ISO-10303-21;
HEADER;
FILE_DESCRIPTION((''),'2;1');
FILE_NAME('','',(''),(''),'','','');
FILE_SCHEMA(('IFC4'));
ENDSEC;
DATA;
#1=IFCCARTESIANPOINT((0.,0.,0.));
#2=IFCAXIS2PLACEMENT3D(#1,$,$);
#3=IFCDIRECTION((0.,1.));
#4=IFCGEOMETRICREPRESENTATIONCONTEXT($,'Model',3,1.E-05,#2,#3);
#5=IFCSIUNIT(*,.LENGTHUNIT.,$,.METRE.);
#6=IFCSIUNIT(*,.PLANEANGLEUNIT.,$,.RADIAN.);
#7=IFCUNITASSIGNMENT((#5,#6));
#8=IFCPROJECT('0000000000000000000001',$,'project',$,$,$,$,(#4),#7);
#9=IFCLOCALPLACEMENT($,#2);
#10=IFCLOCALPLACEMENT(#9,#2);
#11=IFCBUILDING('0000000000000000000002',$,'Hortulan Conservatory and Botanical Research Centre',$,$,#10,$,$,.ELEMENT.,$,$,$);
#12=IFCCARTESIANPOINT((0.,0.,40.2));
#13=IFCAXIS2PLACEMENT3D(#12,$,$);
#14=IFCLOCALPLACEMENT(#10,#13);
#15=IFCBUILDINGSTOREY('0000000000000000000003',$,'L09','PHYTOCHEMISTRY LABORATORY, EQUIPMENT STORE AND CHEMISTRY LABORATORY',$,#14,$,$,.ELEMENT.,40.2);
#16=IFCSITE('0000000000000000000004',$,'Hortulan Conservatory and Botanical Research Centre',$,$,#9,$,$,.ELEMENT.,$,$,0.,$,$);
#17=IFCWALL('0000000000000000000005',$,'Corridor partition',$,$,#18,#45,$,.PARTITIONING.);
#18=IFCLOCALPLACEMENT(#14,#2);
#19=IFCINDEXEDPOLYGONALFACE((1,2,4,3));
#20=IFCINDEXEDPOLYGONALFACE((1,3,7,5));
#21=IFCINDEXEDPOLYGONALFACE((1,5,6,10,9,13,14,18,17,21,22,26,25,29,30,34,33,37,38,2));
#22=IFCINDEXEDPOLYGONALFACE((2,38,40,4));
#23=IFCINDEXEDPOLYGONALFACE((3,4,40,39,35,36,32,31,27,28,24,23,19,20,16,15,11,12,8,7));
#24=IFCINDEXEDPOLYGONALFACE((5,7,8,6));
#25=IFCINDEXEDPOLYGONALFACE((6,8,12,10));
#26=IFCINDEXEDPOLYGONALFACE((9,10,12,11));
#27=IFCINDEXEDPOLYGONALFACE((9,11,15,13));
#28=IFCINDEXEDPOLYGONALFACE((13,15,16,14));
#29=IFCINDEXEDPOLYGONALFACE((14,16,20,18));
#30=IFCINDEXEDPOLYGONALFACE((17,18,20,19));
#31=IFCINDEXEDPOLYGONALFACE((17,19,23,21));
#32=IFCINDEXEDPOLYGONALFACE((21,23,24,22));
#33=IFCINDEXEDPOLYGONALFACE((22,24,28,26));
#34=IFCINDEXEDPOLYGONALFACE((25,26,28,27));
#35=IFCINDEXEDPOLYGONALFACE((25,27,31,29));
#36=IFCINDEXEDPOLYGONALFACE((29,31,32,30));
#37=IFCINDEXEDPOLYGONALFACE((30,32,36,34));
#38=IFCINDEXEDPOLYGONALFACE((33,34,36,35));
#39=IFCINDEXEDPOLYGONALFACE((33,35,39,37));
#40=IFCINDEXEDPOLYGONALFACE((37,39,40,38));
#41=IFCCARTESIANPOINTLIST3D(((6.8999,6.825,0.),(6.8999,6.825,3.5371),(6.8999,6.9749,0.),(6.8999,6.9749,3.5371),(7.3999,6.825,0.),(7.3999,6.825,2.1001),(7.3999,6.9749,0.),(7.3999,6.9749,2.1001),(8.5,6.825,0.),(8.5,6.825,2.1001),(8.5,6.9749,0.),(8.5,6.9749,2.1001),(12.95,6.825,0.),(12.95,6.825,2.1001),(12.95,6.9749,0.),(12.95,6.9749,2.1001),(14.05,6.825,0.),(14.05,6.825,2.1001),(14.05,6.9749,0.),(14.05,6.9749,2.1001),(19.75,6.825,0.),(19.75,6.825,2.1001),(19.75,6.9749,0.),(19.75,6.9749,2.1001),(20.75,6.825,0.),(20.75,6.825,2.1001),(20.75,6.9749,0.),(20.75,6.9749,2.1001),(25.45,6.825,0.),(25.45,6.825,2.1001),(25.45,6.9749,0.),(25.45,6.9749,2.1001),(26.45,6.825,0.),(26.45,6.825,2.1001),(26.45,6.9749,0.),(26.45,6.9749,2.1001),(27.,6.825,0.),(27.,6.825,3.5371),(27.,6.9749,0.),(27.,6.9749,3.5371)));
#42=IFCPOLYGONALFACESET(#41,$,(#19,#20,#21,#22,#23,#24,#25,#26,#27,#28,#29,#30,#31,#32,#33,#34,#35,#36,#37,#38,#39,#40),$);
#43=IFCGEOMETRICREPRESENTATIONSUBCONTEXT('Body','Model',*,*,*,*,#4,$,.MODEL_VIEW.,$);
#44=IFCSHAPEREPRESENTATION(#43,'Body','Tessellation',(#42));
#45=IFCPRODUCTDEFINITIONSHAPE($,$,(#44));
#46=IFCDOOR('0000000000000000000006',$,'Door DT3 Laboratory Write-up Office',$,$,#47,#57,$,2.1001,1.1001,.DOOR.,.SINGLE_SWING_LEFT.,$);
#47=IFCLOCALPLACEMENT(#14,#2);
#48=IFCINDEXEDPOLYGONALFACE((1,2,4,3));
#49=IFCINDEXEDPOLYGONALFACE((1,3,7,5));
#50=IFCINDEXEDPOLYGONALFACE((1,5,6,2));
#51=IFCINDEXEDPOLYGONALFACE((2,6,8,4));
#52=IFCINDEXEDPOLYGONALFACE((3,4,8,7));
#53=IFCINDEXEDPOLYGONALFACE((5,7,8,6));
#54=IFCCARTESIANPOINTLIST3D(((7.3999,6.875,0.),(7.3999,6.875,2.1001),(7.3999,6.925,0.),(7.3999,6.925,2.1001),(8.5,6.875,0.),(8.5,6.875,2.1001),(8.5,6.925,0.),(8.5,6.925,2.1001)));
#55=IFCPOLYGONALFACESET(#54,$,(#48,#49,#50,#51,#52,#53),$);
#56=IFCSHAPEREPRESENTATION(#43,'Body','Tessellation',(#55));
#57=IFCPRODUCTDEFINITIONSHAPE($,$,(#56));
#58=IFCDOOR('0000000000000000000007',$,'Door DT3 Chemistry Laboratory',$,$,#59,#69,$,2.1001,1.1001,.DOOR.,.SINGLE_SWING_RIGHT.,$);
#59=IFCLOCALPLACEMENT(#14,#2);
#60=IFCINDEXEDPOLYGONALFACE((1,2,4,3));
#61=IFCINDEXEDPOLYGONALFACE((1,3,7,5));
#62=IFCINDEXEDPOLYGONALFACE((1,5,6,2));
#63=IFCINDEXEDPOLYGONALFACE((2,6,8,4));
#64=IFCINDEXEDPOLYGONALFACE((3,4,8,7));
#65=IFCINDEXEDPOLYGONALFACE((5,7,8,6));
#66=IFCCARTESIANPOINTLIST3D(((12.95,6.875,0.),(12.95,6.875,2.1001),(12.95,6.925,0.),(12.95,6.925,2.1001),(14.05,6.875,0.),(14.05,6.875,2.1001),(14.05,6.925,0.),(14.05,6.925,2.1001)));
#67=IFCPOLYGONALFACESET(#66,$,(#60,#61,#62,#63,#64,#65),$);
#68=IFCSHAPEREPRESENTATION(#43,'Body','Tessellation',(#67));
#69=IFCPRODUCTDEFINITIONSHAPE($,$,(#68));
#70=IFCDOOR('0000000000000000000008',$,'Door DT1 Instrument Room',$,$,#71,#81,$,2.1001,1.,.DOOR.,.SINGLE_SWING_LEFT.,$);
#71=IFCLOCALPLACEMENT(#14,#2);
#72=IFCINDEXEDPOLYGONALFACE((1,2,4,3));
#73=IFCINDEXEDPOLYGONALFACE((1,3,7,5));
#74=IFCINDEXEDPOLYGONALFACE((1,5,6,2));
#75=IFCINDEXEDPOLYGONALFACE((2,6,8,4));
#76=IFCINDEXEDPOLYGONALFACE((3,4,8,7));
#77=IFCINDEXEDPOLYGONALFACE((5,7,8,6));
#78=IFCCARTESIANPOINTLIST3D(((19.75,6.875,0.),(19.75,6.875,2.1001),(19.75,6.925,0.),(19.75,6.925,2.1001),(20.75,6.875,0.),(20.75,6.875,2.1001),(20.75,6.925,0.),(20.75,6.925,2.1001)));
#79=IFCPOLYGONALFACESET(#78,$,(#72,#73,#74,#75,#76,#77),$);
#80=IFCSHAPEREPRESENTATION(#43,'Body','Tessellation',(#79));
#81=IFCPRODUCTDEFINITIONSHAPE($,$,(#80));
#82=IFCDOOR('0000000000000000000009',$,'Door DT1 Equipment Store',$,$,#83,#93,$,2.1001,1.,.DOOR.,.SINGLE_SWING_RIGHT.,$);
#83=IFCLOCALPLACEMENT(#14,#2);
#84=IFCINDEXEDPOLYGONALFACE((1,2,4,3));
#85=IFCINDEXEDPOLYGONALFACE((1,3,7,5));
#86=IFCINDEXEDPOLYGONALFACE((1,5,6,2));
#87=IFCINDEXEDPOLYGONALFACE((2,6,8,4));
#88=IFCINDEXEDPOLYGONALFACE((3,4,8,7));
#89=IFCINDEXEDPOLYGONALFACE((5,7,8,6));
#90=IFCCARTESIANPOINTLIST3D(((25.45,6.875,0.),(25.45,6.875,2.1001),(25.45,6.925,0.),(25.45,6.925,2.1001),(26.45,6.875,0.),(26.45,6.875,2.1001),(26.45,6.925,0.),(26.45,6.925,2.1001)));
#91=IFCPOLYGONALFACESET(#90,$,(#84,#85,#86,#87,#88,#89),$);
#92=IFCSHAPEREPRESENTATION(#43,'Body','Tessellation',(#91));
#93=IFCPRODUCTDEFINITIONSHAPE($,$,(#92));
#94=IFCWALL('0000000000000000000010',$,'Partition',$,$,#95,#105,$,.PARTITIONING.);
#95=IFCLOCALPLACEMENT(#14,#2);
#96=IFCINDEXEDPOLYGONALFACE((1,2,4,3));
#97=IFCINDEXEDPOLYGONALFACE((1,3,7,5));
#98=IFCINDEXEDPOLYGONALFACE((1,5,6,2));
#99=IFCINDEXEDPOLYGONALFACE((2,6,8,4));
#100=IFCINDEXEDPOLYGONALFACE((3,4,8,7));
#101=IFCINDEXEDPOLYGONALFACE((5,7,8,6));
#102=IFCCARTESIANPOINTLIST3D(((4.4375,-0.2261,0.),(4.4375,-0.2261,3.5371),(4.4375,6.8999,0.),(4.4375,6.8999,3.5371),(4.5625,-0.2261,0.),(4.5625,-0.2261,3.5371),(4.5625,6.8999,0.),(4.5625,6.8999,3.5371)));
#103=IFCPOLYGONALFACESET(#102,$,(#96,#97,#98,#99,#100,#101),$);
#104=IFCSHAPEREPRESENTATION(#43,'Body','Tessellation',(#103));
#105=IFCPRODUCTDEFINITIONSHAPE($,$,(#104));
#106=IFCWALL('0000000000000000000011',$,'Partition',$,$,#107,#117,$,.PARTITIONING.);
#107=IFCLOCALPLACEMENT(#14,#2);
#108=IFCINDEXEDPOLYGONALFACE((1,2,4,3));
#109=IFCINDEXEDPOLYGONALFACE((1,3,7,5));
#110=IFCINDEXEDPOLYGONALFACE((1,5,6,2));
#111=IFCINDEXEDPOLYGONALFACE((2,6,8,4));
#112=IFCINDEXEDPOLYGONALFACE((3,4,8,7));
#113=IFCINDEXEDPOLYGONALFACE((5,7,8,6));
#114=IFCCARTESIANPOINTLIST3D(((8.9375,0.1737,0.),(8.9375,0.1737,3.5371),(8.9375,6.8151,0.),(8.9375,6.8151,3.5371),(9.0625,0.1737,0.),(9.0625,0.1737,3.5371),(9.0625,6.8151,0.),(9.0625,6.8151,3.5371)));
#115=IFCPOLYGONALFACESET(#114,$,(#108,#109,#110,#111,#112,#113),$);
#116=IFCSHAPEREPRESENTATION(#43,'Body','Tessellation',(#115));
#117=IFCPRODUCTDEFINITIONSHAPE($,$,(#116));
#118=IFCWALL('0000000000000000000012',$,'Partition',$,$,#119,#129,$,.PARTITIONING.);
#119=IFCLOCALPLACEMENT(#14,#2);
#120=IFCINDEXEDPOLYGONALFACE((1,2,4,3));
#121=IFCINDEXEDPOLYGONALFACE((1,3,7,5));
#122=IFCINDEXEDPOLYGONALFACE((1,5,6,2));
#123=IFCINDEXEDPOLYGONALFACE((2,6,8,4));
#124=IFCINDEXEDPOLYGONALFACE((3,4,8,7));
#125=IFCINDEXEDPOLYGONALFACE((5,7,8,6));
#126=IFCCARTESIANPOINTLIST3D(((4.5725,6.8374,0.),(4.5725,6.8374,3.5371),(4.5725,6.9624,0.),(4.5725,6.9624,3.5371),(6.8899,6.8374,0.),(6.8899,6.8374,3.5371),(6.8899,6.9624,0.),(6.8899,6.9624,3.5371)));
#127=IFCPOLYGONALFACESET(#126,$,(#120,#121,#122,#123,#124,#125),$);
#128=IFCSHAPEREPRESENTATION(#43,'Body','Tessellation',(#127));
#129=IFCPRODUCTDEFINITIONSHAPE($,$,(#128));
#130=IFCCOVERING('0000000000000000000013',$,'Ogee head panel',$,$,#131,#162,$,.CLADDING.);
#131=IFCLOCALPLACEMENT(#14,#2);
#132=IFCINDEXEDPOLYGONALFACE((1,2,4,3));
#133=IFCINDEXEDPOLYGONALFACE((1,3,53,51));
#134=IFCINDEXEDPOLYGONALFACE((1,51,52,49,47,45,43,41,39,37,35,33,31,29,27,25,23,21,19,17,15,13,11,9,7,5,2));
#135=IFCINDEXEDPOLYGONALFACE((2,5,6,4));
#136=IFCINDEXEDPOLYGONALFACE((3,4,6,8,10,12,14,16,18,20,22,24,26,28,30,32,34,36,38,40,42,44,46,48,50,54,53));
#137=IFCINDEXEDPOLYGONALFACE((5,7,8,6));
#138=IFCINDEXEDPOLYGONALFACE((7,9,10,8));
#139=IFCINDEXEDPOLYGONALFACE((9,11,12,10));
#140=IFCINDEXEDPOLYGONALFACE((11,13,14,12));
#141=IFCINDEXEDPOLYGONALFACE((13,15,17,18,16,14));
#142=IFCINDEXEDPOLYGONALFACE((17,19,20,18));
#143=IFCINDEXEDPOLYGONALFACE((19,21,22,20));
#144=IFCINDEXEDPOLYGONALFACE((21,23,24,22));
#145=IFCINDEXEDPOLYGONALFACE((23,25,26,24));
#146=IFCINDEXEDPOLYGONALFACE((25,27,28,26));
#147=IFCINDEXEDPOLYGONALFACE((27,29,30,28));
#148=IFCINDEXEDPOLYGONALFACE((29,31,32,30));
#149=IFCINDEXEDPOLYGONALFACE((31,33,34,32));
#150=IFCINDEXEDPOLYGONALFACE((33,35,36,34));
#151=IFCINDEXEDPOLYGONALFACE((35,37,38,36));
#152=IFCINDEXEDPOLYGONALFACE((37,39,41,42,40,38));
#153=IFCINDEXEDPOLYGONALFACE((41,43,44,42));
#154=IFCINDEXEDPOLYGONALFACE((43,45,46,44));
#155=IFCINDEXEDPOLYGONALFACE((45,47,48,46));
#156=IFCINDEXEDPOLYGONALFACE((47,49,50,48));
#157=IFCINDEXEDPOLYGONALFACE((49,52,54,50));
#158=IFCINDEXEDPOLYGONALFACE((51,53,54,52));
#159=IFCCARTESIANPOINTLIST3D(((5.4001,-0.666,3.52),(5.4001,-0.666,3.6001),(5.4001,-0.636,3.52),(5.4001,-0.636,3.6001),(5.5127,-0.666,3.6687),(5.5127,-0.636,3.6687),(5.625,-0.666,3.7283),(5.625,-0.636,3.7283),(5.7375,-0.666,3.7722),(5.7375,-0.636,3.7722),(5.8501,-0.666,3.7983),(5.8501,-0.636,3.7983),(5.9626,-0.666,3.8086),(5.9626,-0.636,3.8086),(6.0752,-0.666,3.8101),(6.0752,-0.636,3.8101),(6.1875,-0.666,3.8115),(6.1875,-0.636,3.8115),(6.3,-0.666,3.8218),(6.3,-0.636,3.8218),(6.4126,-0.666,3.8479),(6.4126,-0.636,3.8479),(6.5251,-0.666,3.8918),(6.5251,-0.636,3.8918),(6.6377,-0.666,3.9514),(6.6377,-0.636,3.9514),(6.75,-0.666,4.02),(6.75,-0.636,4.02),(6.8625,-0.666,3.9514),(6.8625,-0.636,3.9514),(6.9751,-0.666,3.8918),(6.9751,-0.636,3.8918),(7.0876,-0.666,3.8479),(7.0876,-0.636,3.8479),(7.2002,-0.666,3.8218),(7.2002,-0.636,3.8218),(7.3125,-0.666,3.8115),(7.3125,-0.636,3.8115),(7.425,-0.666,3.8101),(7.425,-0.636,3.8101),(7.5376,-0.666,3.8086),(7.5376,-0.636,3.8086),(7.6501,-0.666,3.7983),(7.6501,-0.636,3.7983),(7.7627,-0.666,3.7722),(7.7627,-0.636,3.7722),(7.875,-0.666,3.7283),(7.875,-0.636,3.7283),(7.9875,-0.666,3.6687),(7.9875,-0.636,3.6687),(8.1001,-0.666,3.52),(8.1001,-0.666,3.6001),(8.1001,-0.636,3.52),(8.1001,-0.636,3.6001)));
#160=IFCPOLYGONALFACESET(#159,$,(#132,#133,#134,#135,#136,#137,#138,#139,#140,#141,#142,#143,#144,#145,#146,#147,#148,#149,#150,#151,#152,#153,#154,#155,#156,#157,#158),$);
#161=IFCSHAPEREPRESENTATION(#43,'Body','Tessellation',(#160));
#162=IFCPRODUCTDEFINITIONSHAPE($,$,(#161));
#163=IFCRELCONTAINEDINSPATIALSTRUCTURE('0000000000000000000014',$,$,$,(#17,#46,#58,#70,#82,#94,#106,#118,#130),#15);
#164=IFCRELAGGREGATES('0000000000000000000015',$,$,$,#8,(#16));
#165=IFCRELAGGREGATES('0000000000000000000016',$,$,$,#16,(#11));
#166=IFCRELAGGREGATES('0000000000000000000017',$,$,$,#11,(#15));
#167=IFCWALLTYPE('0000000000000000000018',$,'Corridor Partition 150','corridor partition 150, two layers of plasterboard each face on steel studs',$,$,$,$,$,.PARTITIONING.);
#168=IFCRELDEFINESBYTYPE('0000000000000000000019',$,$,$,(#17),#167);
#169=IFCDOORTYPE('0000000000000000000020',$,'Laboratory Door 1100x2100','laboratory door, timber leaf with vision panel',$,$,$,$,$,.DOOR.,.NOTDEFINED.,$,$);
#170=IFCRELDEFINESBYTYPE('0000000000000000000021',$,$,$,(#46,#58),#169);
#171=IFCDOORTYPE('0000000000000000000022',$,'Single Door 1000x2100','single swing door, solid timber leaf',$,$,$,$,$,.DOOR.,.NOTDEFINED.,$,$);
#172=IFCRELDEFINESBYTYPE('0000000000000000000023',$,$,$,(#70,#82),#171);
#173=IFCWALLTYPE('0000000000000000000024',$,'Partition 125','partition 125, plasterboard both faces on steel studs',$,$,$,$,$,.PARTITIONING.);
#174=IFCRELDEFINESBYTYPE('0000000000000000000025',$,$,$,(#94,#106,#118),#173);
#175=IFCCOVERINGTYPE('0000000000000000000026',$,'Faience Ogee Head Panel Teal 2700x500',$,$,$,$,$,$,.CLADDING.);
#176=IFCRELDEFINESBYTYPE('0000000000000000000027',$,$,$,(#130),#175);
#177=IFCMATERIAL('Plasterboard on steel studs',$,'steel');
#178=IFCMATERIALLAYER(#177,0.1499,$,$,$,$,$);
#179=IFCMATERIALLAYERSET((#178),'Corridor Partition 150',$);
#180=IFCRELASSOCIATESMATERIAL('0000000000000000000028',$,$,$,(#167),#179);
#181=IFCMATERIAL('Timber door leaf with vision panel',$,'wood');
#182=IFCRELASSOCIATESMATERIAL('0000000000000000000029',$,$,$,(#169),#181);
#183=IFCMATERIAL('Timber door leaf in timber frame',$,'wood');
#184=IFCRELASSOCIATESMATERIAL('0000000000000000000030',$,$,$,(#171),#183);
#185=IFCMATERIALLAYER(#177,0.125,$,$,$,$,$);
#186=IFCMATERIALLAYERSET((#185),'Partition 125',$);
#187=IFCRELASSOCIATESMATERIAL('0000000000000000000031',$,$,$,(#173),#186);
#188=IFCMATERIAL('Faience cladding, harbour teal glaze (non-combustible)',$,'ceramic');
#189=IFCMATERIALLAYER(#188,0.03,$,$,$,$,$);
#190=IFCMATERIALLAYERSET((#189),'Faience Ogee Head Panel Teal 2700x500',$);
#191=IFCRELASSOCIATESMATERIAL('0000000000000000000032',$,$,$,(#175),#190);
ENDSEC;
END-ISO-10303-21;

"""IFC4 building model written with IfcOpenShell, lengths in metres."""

from ifc_helpers import new_model, si_unit, direction, frame, frame_2d, origin, place, context, subcontext, project, spatial, polyline, rectangle, outline, extrude, material, layer, layer_set, type_object, element, fill, save


model = new_model("IFC4")

# Units and contexts
model_context = context("Model", 3, precision=1e-05, world=origin(), true_north=direction((0.0, 1.0)))
body_context = subcontext(model_context, "Body", "Model", "MODEL_VIEW")
ifc_project = project(units=[si_unit("LENGTHUNIT", "METRE"), si_unit("PLANEANGLEUNIT", "RADIAN")], contexts=[model_context])

# Site, building, storey
site_placement = place(None, origin())
site = spatial("IfcSite", under=ifc_project, at=site_placement, Name="Hortulan Conservatory and Botanical Research Centre", CompositionType="ELEMENT", RefElevation=0.0)
building_placement = place(site_placement, origin())
building = spatial("IfcBuilding", under=site, at=building_placement, Name="Hortulan Conservatory and Botanical Research Centre", CompositionType="ELEMENT")
storey_placement = place(building_placement, frame((0.0, 0.0, 40.2)))
storey = spatial("IfcBuildingStorey", under=building, at=storey_placement, Name="L09", Description="PHYTOCHEMISTRY LABORATORY, EQUIPMENT STORE AND CHEMISTRY LABORATORY", CompositionType="ELEMENT", Elevation=40.2)

# Wall, openings, doors
ifc_material_1 = material(Name="Plasterboard on steel studs", Category="steel")
ifc_layer_1 = layer(ifc_material_1, 0.1499)
ifc_layer_set_1 = layer_set([ifc_layer_1], Name="Corridor Partition 150")
wall_type_1 = type_object("IfcWallType", Name="Corridor Partition 150", Description="corridor partition 150, two layers of plasterboard each face on steel studs", PredefinedType="PARTITIONING", material=ifc_layer_set_1)
ifc_material_2 = material(Name="Timber door leaf with vision panel", Category="wood")
door_type_1 = type_object("IfcDoorType", Name="Laboratory Door 1100x2100", Description="laboratory door, timber leaf with vision panel", OperationType="NOTDEFINED", PredefinedType="DOOR", material=ifc_material_2)
ifc_material_3 = material(Name="Timber door leaf in timber frame", Category="wood")
door_type_2 = type_object("IfcDoorType", Name="Single Door 1000x2100", Description="single swing door, solid timber leaf", OperationType="NOTDEFINED", PredefinedType="DOOR", material=ifc_material_3)
wall_1_placement = place(storey_placement, frame((6.8999, 6.8999, 0.0), z_axis=(0.0, 0.0, 1.0), x_axis=(1.0, 0.0, 0.0)))
wall_1 = element("IfcWall", 1, at=wall_1_placement, inside=storey, type_object=wall_type_1, Name="Corridor partition", PredefinedType="PARTITIONING", context=body_context, shape_type="SweptSolid", body=[
    extrude(rectangle(XDim=20.1001, YDim=0.1499, at=frame_2d((10.05, 0.0))), origin(), (0.0, 0.0, 1.0), 3.5371),
])
opening_1_placement = place(wall_1_placement, frame((0.5, 0.0, 0.0)))
opening_1 = element("IfcOpeningElement", 2, at=opening_1_placement, cuts=wall_1, PredefinedType="OPENING", context=body_context, shape_type="SweptSolid", body=[
    extrude(rectangle(XDim=1.1001, YDim=2.1001, at=frame_2d((0.55, 1.05))), frame((0.0, 0.085, 0.0), z_axis=(0.0, -1.0, 0.0), x_axis=(1.0, 0.0, 0.0)), (0.0, 0.0, 1.0), 0.1699),
])
opening_2_placement = place(wall_1_placement, frame((6.05, 0.0, 0.0)))
opening_2 = element("IfcOpeningElement", 3, at=opening_2_placement, cuts=wall_1, PredefinedType="OPENING", context=body_context, shape_type="SweptSolid", body=[
    extrude(rectangle(XDim=1.1001, YDim=2.1001, at=frame_2d((0.55, 1.05))), frame((0.0, 0.085, 0.0), z_axis=(0.0, -1.0, 0.0), x_axis=(1.0, 0.0, 0.0)), (0.0, 0.0, 1.0), 0.1699),
])
opening_3_placement = place(wall_1_placement, frame((12.8501, 0.0, 0.0)))
opening_3 = element("IfcOpeningElement", 4, at=opening_3_placement, cuts=wall_1, PredefinedType="OPENING", context=body_context, shape_type="SweptSolid", body=[
    extrude(rectangle(XDim=1.0, YDim=2.1001, at=frame_2d((0.5, 1.05))), frame((0.0, 0.085, 0.0), z_axis=(0.0, -1.0, 0.0), x_axis=(1.0, 0.0, 0.0)), (0.0, 0.0, 1.0), 0.1699),
])
opening_4_placement = place(wall_1_placement, frame((18.55, 0.0, 0.0)))
opening_4 = element("IfcOpeningElement", 5, at=opening_4_placement, cuts=wall_1, PredefinedType="OPENING", context=body_context, shape_type="SweptSolid", body=[
    extrude(rectangle(XDim=1.0, YDim=2.1001, at=frame_2d((0.5, 1.05))), frame((0.0, 0.085, 0.0), z_axis=(0.0, -1.0, 0.0), x_axis=(1.0, 0.0, 0.0)), (0.0, 0.0, 1.0), 0.1699),
])
door_1_placement = place(opening_1_placement, frame((1.1001, 0.0, 0.0), z_axis=(0.0, 0.0, 1.0), x_axis=(-1.0, 0.0, 0.0)))
door_1 = element("IfcDoor", 6, at=door_1_placement, inside=storey, type_object=door_type_1, Name="Door DT3 Laboratory Write-up Office", OperationType="SINGLE_SWING_LEFT", OverallHeight=2.1001, OverallWidth=1.1001, PredefinedType="DOOR", context=body_context, shape_type="SweptSolid", body=[
    extrude(rectangle(XDim=1.1001, YDim=2.1001, at=frame_2d((0.55, 1.05))), frame((0.0, 0.0249, 0.0), z_axis=(0.0, -1.0, 0.0), x_axis=(1.0, 0.0, 0.0)), (0.0, 0.0, 1.0), 0.05),
])
fill(opening_1, door_1)
door_2_placement = place(opening_2_placement, frame((1.1001, 0.0, 0.0), z_axis=(0.0, 0.0, 1.0), x_axis=(-1.0, 0.0, 0.0)))
door_2 = element("IfcDoor", 7, at=door_2_placement, inside=storey, type_object=door_type_1, Name="Door DT3 Chemistry Laboratory", OperationType="SINGLE_SWING_RIGHT", OverallHeight=2.1001, OverallWidth=1.1001, PredefinedType="DOOR", context=body_context, shape_type="SweptSolid", body=[
    extrude(rectangle(XDim=1.1001, YDim=2.1001, at=frame_2d((0.55, 1.05))), frame((0.0, 0.0249, 0.0), z_axis=(0.0, -1.0, 0.0), x_axis=(1.0, 0.0, 0.0)), (0.0, 0.0, 1.0), 0.05),
])
fill(opening_2, door_2)
door_3_placement = place(opening_3_placement, frame((1.0, 0.0, 0.0), z_axis=(0.0, 0.0, 1.0), x_axis=(-1.0, 0.0, 0.0)))
door_3 = element("IfcDoor", 8, at=door_3_placement, inside=storey, type_object=door_type_2, Name="Door DT1 Instrument Room", OperationType="SINGLE_SWING_LEFT", OverallHeight=2.1001, OverallWidth=1.0, PredefinedType="DOOR", context=body_context, shape_type="SweptSolid", body=[
    extrude(rectangle(XDim=1.0, YDim=2.1001, at=frame_2d((0.5, 1.05))), frame((0.0, 0.0249, 0.0), z_axis=(0.0, -1.0, 0.0), x_axis=(1.0, 0.0, 0.0)), (0.0, 0.0, 1.0), 0.05),
])
fill(opening_3, door_3)
door_4_placement = place(opening_4_placement, frame((1.0, 0.0, 0.0), z_axis=(0.0, 0.0, 1.0), x_axis=(-1.0, 0.0, 0.0)))
door_4 = element("IfcDoor", 9, at=door_4_placement, inside=storey, type_object=door_type_2, Name="Door DT1 Equipment Store", OperationType="SINGLE_SWING_RIGHT", OverallHeight=2.1001, OverallWidth=1.0, PredefinedType="DOOR", context=body_context, shape_type="SweptSolid", body=[
    extrude(rectangle(XDim=1.0, YDim=2.1001, at=frame_2d((0.5, 1.05))), frame((0.0, 0.0249, 0.0), z_axis=(0.0, -1.0, 0.0), x_axis=(1.0, 0.0, 0.0)), (0.0, 0.0, 1.0), 0.05),
])
fill(opening_4, door_4)

# Walls
ifc_layer_2 = layer(ifc_material_1, 0.125)
ifc_layer_set_2 = layer_set([ifc_layer_2], Name="Partition 125")
wall_type_2 = type_object("IfcWallType", Name="Partition 125", Description="partition 125, plasterboard both faces on steel studs", PredefinedType="PARTITIONING", material=ifc_layer_set_2)
wall_2_placement = place(storey_placement, frame((4.5, -0.2261, 0.0), z_axis=(0.0, 0.0, 1.0), x_axis=(0.0, 1.0, 0.0)))
element("IfcWall", 10, at=wall_2_placement, inside=storey, type_object=wall_type_2, Name="Partition", PredefinedType="PARTITIONING", context=body_context, shape_type="SweptSolid", body=[
    extrude(rectangle(XDim=7.126, YDim=0.125, at=frame_2d((3.563, 0.0))), origin(), (0.0, 0.0, 1.0), 3.5371),
])
wall_3_placement = place(storey_placement, frame((9.0, 0.1736, 0.0), z_axis=(0.0, 0.0, 1.0), x_axis=(0.0, 1.0, 0.0)))
element("IfcWall", 11, at=wall_3_placement, inside=storey, type_object=wall_type_2, Name="Partition", PredefinedType="PARTITIONING", context=body_context, shape_type="SweptSolid", body=[
    extrude(rectangle(XDim=6.6414, YDim=0.125, at=frame_2d((3.3208, 0.0))), origin(), (0.0, 0.0, 1.0), 3.5371),
])
wall_4_placement = place(storey_placement, frame((4.5725, 6.8999, 0.0), z_axis=(0.0, 0.0, 1.0), x_axis=(1.0, 0.0, 0.0)))
element("IfcWall", 12, at=wall_4_placement, inside=storey, type_object=wall_type_2, Name="Partition", PredefinedType="PARTITIONING", context=body_context, shape_type="SweptSolid", body=[
    extrude(rectangle(XDim=2.3174, YDim=0.125, at=frame_2d((1.1587, 0.0))), origin(), (0.0, 0.0, 1.0), 3.5371),
])

# Covering
ifc_material_4 = material(Name="Faience cladding, harbour teal glaze (non-combustible)", Category="ceramic")
ifc_layer_3 = layer(ifc_material_4, 0.03)
ifc_layer_set_3 = layer_set([ifc_layer_3], Name="Faience Ogee Head Panel Teal 2700x500")
covering_type_1 = type_object("IfcCoveringType", Name="Faience Ogee Head Panel Teal 2700x500", PredefinedType="CLADDING", material=ifc_layer_set_3)
for number, where, z_axis, x_axis, name in (
    (13, (8.1001, -0.6509, 3.52), (0.0, 0.0, 1.0), (-1.0, 0.0, 0.0), "Ogee head panel"),
):
    element("IfcCovering", number, at=place(storey_placement, frame(where, z_axis=z_axis, x_axis=x_axis)), inside=storey, type_object=covering_type_1, Name=name, PredefinedType="CLADDING", context=body_context, shape_type="SweptSolid", body=[
        extrude(outline(polyline([(0.0, 0.0), (2.7, 0.0), (2.7, 0.0801), (2.5874, 0.1487), (2.4751, 0.2083), (2.3625, 0.2522), (2.25, 0.2783), (2.1375, 0.2886), (2.0249, 0.29), (1.9126, 0.2915), (1.8, 0.3018), (1.6875, 0.3279), (1.575, 0.3718), (1.4624, 0.4314), (1.3501, 0.5), (1.2375, 0.4314), (1.125, 0.3718), (1.0125, 0.3279), (0.8999, 0.3018), (0.7876, 0.2915), (0.675, 0.29), (0.5625, 0.2886), (0.45, 0.2783), (0.3374, 0.2522), (0.2251, 0.2083), (0.1125, 0.1487), (0.0, 0.0801), (0.0, 0.0)])), frame((0.0, 0.0151, 0.0), z_axis=(0.0, -1.0, 0.0), x_axis=(1.0, 0.0, 0.0)), (0.0, 0.0, 1.0), 0.03),
    ])

save(model, "model.ifc")
